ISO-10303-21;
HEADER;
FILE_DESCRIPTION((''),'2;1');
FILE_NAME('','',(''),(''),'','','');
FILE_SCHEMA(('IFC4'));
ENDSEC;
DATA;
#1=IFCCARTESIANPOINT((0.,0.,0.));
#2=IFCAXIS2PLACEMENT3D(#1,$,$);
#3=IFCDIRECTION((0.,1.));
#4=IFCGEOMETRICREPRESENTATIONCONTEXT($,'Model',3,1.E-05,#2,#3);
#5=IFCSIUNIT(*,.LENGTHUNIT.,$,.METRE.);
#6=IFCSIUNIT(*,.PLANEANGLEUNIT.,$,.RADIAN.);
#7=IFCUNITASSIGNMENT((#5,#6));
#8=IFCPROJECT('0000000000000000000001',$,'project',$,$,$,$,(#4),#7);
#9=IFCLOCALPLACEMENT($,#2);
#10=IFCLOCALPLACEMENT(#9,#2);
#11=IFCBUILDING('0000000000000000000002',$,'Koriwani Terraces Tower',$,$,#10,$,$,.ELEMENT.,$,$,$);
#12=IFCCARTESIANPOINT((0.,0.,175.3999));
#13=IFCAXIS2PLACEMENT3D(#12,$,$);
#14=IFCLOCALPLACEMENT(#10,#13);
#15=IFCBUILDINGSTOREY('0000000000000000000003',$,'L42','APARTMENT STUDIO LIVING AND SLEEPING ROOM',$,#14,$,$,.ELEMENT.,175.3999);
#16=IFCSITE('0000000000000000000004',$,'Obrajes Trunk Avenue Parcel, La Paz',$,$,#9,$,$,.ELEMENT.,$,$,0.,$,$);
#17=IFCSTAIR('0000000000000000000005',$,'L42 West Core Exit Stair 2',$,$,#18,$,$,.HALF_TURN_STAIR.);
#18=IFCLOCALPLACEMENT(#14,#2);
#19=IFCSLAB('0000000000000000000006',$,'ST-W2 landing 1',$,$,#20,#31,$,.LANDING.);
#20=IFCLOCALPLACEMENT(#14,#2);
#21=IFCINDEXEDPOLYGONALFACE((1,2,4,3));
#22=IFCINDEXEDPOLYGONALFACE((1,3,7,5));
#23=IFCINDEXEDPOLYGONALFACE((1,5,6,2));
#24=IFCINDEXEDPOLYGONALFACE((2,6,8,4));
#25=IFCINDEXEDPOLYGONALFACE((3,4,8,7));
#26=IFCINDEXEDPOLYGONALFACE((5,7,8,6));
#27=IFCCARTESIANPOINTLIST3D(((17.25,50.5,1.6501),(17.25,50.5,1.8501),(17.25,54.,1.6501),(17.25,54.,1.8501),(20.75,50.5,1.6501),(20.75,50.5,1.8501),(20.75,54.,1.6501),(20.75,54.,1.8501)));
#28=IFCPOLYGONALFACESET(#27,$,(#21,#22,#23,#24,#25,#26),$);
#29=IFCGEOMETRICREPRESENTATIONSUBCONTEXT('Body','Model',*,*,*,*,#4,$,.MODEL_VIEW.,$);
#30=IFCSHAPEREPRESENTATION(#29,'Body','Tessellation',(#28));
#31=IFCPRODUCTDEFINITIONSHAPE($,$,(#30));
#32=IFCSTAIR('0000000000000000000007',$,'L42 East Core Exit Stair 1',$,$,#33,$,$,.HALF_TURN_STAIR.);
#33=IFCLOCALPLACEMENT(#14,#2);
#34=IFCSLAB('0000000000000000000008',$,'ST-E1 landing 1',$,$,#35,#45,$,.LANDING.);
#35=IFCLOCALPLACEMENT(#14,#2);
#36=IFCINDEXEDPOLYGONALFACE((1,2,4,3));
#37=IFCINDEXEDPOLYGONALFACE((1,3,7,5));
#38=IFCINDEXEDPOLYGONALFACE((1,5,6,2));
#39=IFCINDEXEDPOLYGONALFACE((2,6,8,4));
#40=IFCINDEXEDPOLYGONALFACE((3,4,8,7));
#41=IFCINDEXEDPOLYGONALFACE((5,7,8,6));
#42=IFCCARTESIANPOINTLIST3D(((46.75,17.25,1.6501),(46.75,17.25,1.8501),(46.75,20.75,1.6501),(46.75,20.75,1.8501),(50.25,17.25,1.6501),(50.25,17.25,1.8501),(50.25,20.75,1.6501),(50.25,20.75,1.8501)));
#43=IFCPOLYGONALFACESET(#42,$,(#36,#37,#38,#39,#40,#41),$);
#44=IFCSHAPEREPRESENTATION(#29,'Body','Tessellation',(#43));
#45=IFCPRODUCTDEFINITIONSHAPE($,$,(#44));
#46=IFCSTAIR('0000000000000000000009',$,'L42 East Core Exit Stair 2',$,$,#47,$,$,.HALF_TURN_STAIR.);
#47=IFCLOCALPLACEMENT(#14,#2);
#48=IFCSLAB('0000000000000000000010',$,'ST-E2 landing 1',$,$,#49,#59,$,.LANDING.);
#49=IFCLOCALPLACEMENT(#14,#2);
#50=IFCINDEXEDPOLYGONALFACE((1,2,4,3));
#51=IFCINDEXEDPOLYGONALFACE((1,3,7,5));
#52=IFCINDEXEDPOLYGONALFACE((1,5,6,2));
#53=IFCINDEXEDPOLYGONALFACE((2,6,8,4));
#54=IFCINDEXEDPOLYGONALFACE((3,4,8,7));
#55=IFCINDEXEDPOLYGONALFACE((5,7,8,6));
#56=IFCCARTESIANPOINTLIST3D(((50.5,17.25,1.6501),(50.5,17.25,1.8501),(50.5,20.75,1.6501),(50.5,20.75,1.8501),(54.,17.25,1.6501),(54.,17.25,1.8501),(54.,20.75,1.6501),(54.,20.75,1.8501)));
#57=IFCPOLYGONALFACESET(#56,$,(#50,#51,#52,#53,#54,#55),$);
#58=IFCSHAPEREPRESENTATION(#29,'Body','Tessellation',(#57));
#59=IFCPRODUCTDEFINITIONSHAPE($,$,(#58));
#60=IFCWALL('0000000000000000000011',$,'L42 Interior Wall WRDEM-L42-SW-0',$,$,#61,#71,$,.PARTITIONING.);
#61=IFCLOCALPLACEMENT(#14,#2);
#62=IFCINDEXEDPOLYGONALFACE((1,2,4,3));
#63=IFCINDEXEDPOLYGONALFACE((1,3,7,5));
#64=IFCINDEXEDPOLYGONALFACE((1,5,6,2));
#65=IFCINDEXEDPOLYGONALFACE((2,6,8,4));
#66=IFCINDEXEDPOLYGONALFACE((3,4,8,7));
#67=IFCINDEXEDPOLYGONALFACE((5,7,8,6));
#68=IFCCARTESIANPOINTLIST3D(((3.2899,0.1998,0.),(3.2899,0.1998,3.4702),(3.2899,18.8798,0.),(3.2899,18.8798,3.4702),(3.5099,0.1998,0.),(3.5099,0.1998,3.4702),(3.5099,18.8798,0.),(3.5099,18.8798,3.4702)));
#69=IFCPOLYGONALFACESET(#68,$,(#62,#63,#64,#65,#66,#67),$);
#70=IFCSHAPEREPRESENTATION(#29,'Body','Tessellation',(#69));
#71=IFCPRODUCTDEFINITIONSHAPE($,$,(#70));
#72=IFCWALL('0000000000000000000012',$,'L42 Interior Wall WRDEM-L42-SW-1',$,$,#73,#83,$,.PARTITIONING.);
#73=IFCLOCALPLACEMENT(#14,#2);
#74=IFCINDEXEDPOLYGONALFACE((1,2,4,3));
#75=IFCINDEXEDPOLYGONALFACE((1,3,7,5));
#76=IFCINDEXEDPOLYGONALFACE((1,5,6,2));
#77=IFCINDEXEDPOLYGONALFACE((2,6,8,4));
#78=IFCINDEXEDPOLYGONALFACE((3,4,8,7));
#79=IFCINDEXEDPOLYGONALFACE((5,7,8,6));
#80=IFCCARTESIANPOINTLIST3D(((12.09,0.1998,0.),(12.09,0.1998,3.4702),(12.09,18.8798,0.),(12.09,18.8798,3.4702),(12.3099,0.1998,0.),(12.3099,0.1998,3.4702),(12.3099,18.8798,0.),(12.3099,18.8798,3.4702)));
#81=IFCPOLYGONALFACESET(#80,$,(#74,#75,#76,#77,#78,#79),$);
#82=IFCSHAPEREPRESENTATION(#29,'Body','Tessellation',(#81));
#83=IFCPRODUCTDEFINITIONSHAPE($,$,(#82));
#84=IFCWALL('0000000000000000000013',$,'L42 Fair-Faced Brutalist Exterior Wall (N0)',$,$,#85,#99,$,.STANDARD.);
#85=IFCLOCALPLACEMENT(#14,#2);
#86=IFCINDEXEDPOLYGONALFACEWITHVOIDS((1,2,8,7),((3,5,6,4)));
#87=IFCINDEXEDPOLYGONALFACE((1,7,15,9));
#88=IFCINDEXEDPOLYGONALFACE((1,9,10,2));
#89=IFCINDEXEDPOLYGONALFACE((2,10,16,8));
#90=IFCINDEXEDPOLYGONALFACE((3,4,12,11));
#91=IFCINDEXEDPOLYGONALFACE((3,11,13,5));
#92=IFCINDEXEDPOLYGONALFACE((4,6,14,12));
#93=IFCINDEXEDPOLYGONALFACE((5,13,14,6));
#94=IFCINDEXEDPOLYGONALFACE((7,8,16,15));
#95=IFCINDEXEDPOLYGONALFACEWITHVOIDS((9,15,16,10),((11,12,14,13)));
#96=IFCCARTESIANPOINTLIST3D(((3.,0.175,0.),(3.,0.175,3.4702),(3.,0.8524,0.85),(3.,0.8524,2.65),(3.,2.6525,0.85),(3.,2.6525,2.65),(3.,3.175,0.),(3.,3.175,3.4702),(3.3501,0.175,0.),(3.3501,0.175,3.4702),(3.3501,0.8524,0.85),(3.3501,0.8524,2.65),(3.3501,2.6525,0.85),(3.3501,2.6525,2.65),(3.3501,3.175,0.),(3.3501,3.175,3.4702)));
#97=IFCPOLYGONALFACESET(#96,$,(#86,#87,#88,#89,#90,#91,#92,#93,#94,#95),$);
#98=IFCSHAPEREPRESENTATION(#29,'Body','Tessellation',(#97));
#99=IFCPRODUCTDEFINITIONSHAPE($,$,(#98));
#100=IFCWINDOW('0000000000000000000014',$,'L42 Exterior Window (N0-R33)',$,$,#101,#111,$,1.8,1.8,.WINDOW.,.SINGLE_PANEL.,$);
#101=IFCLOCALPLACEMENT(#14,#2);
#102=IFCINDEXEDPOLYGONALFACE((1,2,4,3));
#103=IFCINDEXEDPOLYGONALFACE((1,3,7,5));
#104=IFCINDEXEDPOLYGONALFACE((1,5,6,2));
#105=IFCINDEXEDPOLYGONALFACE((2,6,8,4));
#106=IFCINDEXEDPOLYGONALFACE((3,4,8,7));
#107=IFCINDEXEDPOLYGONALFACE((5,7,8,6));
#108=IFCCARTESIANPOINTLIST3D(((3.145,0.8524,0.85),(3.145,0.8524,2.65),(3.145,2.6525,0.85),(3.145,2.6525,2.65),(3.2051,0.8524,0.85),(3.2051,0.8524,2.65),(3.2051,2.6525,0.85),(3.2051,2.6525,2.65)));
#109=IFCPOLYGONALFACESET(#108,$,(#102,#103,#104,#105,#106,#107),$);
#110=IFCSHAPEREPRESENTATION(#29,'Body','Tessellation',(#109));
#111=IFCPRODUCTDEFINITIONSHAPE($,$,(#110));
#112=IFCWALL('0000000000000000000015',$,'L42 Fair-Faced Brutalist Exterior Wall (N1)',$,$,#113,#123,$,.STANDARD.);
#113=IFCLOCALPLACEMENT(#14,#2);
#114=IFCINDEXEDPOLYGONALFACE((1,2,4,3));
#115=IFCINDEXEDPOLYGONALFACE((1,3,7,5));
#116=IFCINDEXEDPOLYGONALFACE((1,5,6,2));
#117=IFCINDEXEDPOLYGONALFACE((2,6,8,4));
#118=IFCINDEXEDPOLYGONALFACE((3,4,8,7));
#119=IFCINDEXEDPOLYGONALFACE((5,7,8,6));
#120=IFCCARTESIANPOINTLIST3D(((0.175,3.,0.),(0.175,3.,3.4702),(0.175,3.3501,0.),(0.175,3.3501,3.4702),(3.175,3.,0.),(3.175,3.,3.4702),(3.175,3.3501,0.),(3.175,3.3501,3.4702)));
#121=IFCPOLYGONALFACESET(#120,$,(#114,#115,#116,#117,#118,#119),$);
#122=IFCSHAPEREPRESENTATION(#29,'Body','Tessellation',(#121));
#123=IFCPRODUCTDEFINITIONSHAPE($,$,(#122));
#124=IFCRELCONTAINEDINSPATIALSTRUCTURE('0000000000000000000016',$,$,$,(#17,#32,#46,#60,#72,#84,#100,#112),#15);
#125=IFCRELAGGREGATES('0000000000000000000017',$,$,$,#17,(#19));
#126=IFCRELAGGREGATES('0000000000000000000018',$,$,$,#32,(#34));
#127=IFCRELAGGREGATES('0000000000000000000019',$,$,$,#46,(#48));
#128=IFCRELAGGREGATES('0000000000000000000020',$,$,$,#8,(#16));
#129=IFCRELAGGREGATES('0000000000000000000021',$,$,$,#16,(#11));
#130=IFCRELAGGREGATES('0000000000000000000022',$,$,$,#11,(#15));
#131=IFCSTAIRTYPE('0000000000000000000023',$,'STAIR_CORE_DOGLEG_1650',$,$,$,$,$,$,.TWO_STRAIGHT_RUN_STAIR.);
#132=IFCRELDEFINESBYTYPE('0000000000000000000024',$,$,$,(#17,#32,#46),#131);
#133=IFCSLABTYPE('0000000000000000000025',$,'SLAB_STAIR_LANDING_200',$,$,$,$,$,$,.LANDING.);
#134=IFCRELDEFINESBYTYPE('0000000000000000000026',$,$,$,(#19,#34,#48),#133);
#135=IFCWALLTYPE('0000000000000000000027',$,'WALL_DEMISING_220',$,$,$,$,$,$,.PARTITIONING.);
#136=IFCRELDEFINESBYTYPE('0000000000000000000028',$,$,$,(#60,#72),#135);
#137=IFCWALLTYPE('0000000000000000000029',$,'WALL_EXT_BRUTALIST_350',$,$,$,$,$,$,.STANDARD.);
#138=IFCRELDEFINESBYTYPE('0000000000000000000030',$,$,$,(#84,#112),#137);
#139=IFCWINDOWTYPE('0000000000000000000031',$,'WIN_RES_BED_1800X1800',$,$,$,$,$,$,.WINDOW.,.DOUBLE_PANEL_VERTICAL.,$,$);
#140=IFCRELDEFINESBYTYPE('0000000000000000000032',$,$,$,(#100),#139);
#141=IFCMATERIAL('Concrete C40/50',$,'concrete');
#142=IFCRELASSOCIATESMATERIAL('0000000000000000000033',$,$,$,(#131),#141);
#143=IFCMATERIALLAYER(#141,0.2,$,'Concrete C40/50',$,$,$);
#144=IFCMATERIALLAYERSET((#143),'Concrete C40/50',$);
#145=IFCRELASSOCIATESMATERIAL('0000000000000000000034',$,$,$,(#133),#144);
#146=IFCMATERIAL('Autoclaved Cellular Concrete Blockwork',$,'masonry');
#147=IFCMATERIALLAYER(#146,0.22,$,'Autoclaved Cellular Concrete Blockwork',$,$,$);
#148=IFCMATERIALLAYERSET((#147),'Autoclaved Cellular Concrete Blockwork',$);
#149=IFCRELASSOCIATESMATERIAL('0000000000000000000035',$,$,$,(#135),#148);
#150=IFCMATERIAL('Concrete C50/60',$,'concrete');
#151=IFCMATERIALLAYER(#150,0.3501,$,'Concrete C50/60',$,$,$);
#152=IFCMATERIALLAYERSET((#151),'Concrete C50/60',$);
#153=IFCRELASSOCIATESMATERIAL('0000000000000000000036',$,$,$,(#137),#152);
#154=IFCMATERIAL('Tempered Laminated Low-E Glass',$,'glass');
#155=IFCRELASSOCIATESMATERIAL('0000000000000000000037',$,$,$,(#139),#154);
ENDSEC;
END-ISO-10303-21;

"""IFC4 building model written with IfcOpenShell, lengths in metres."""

from ifc_helpers import new_model, si_unit, direction, frame, frame_2d, origin, place, context, subcontext, project, spatial, polyline, rectangle, outline, extrude, material, layer, layer_set, type_object, element, fill, aggregate, save


model = new_model("IFC4")

# Units and contexts
model_context = context("Model", 3, precision=1e-05, world=origin(), true_north=direction((0.0, 1.0)))
body_context = subcontext(model_context, "Body", "Model", "MODEL_VIEW")
ifc_project = project(units=[si_unit("LENGTHUNIT", "METRE"), si_unit("PLANEANGLEUNIT", "RADIAN")], contexts=[model_context])

# Site, building, storey
site_placement = place(None, origin())
site = spatial("IfcSite", under=ifc_project, at=site_placement, Name="Obrajes Trunk Avenue Parcel, La Paz", CompositionType="ELEMENT", RefElevation=0.0)
building_placement = place(site_placement, origin())
building = spatial("IfcBuilding", under=site, at=building_placement, Name="Koriwani Terraces Tower", CompositionType="ELEMENT")
storey_placement = place(building_placement, frame((0.0, 0.0, 175.3999)))
storey = spatial("IfcBuildingStorey", under=building, at=storey_placement, Name="L42", Description="APARTMENT STUDIO LIVING AND SLEEPING ROOM", CompositionType="ELEMENT", Elevation=175.3999)

# Shared definitions
ifc_material_1 = material(Name="Concrete C50/60", Category="concrete")

# Shared definitions
ifc_material_2 = material(Name="Concrete C40/50", Category="concrete")

# Stairs, slabs
stair_type = type_object("IfcStairType", Name="STAIR_CORE_DOGLEG_1650", PredefinedType="TWO_STRAIGHT_RUN_STAIR", material=ifc_material_2)
ifc_layer_1 = layer(ifc_material_2, 0.2, Name="Concrete C40/50")
ifc_layer_set_1 = layer_set([ifc_layer_1], Name="Concrete C40/50")
slab_type_1 = type_object("IfcSlabType", Name="SLAB_STAIR_LANDING_200", PredefinedType="LANDING", material=ifc_layer_set_1)
stair_1_placement = place(storey_placement, origin())
stair_1 = element("IfcStair", 1, at=stair_1_placement, inside=storey, type_object=stair_type, Name="L42 West Core Exit Stair 2", PredefinedType="HALF_TURN_STAIR")
slab_1_placement = place(storey_placement, frame((0.0, 0.0, 1.6501)))
slab_1 = element("IfcSlab", 2, at=slab_1_placement, type_object=slab_type_1, Name="ST-W2 landing 1", PredefinedType="LANDING", context=body_context, shape_type="SweptSolid", body=[
    extrude(outline(polyline([(17.25, 54.0), (17.25, 50.5), (20.75, 50.5), (20.75, 54.0), (17.25, 54.0)])), origin(), (0.0, 0.0, 1.0), 0.2),
])
aggregate(stair_1, [slab_1])
stair_2_placement = place(storey_placement, origin())
stair_2 = element("IfcStair", 3, at=stair_2_placement, inside=storey, type_object=stair_type, Name="L42 East Core Exit Stair 1", PredefinedType="HALF_TURN_STAIR")
slab_2_placement = place(storey_placement, frame((0.0, 0.0, 1.6501)))
slab_2 = element("IfcSlab", 4, at=slab_2_placement, type_object=slab_type_1, Name="ST-E1 landing 1", PredefinedType="LANDING", context=body_context, shape_type="SweptSolid", body=[
    extrude(outline(polyline([(46.75, 17.25), (50.25, 17.25), (50.25, 20.75), (46.75, 20.75), (46.75, 17.25)])), origin(), (0.0, 0.0, 1.0), 0.2),
])
aggregate(stair_2, [slab_2])
stair_3_placement = place(storey_placement, origin())
stair_3 = element("IfcStair", 5, at=stair_3_placement, inside=storey, type_object=stair_type, Name="L42 East Core Exit Stair 2", PredefinedType="HALF_TURN_STAIR")
slab_3_placement = place(storey_placement, frame((0.0, 0.0, 1.6501)))
slab_3 = element("IfcSlab", 6, at=slab_3_placement, type_object=slab_type_1, Name="ST-E2 landing 1", PredefinedType="LANDING", context=body_context, shape_type="SweptSolid", body=[
    extrude(outline(polyline([(54.0, 20.75), (50.5, 20.75), (50.5, 17.25), (54.0, 17.25), (54.0, 20.75)])), origin(), (0.0, 0.0, 1.0), 0.2),
])
aggregate(stair_3, [slab_3])

# Walls
ifc_material_3 = material(Name="Autoclaved Cellular Concrete Blockwork", Category="masonry")
ifc_layer_2 = layer(ifc_material_3, 0.22, Name="Autoclaved Cellular Concrete Blockwork")
ifc_layer_set_2 = layer_set([ifc_layer_2], Name="Autoclaved Cellular Concrete Blockwork")
wall_type_1 = type_object("IfcWallType", Name="WALL_DEMISING_220", PredefinedType="PARTITIONING", material=ifc_layer_set_2)
for number, where, z_axis, x_axis, name in (
    (7, (3.3999, 0.2, 0.0), (0.0, 0.0, 1.0), (0.0, 1.0, 0.0), "L42 Interior Wall WRDEM-L42-SW-0"),
    (8, (12.2, 0.2, 0.0), (0.0, 0.0, 1.0), (0.0, 1.0, 0.0), "L42 Interior Wall WRDEM-L42-SW-1"),
):
    element("IfcWall", number, at=place(storey_placement, frame(where, z_axis=z_axis, x_axis=x_axis)), inside=storey, type_object=wall_type_1, Name=name, PredefinedType="PARTITIONING", context=body_context, shape_type="SweptSolid", body=[
        extrude(rectangle(XDim=18.6799, YDim=0.22, at=frame_2d((9.3398, 0.0))), origin(), (0.0, 0.0, 1.0), 3.4702),
    ])

# Wall, opening, window
ifc_layer_3 = layer(ifc_material_1, 0.3501, Name="Concrete C50/60")
ifc_layer_set_3 = layer_set([ifc_layer_3], Name="Concrete C50/60")
wall_type_2 = type_object("IfcWallType", Name="WALL_EXT_BRUTALIST_350", PredefinedType="STANDARD", material=ifc_layer_set_3)
wall_1_placement = place(storey_placement, frame((3.175, 0.175, 0.0), z_axis=(0.0, 0.0, 1.0), x_axis=(0.0, 1.0, 0.0)))
wall_1 = element("IfcWall", 9, at=wall_1_placement, inside=storey, type_object=wall_type_2, Name="L42 Fair-Faced Brutalist Exterior Wall (N0)", PredefinedType="STANDARD", context=body_context, shape_type="SweptSolid", body=[
    extrude(rectangle(XDim=3.0, YDim=0.3501, at=frame_2d((1.5, 0.0))), origin(), (0.0, 0.0, 1.0), 3.4702),
])
opening_1_placement = place(wall_1_placement, frame((0.6775, 0.0, 0.8501)))
opening_1 = element("IfcOpeningElement", 10, at=opening_1_placement, cuts=wall_1, PredefinedType="OPENING", context=body_context, shape_type="SweptSolid", body=[
    extrude(rectangle(XDim=1.8, YDim=1.8, at=frame_2d((0.8999, 0.8999))), frame((0.0, 0.1851, 0.0), z_axis=(0.0, -1.0, 0.0), x_axis=(1.0, 0.0, 0.0)), (0.0, 0.0, 1.0), 0.3701),
])
ifc_material_4 = material(Name="Tempered Laminated Low-E Glass", Category="glass")
window_type_1 = type_object("IfcWindowType", Name="WIN_RES_BED_1800X1800", PartitioningType="DOUBLE_PANEL_VERTICAL", PredefinedType="WINDOW", material=ifc_material_4)
window_1_placement = place(opening_1_placement, origin())
window_1 = element("IfcWindow", 11, at=window_1_placement, inside=storey, type_object=window_type_1, Name="L42 Exterior Window (N0-R33)", OverallHeight=1.8, OverallWidth=1.8, PartitioningType="SINGLE_PANEL", PredefinedType="WINDOW", context=body_context, shape_type="SweptSolid", body=[
    extrude(rectangle(XDim=1.8, YDim=1.8, at=frame_2d((0.8999, 0.8999))), frame((0.0, 0.03, 0.0), z_axis=(0.0, -1.0, 0.0), x_axis=(1.0, 0.0, 0.0)), (0.0, 0.0, 1.0), 0.0601),
])
fill(opening_1, window_1)

# Wall
wall_2_placement = place(storey_placement, frame((3.175, 3.175, 0.0), z_axis=(0.0, 0.0, 1.0), x_axis=(-1.0, 0.0, 0.0)))
element("IfcWall", 12, at=wall_2_placement, inside=storey, type_object=wall_type_2, Name="L42 Fair-Faced Brutalist Exterior Wall (N1)", PredefinedType="STANDARD", context=body_context, shape_type="SweptSolid", body=[
    extrude(rectangle(XDim=3.0, YDim=0.3501, at=frame_2d((1.5, 0.0))), origin(), (0.0, 0.0, 1.0), 3.4702),
])

save(model, "model.ifc")
